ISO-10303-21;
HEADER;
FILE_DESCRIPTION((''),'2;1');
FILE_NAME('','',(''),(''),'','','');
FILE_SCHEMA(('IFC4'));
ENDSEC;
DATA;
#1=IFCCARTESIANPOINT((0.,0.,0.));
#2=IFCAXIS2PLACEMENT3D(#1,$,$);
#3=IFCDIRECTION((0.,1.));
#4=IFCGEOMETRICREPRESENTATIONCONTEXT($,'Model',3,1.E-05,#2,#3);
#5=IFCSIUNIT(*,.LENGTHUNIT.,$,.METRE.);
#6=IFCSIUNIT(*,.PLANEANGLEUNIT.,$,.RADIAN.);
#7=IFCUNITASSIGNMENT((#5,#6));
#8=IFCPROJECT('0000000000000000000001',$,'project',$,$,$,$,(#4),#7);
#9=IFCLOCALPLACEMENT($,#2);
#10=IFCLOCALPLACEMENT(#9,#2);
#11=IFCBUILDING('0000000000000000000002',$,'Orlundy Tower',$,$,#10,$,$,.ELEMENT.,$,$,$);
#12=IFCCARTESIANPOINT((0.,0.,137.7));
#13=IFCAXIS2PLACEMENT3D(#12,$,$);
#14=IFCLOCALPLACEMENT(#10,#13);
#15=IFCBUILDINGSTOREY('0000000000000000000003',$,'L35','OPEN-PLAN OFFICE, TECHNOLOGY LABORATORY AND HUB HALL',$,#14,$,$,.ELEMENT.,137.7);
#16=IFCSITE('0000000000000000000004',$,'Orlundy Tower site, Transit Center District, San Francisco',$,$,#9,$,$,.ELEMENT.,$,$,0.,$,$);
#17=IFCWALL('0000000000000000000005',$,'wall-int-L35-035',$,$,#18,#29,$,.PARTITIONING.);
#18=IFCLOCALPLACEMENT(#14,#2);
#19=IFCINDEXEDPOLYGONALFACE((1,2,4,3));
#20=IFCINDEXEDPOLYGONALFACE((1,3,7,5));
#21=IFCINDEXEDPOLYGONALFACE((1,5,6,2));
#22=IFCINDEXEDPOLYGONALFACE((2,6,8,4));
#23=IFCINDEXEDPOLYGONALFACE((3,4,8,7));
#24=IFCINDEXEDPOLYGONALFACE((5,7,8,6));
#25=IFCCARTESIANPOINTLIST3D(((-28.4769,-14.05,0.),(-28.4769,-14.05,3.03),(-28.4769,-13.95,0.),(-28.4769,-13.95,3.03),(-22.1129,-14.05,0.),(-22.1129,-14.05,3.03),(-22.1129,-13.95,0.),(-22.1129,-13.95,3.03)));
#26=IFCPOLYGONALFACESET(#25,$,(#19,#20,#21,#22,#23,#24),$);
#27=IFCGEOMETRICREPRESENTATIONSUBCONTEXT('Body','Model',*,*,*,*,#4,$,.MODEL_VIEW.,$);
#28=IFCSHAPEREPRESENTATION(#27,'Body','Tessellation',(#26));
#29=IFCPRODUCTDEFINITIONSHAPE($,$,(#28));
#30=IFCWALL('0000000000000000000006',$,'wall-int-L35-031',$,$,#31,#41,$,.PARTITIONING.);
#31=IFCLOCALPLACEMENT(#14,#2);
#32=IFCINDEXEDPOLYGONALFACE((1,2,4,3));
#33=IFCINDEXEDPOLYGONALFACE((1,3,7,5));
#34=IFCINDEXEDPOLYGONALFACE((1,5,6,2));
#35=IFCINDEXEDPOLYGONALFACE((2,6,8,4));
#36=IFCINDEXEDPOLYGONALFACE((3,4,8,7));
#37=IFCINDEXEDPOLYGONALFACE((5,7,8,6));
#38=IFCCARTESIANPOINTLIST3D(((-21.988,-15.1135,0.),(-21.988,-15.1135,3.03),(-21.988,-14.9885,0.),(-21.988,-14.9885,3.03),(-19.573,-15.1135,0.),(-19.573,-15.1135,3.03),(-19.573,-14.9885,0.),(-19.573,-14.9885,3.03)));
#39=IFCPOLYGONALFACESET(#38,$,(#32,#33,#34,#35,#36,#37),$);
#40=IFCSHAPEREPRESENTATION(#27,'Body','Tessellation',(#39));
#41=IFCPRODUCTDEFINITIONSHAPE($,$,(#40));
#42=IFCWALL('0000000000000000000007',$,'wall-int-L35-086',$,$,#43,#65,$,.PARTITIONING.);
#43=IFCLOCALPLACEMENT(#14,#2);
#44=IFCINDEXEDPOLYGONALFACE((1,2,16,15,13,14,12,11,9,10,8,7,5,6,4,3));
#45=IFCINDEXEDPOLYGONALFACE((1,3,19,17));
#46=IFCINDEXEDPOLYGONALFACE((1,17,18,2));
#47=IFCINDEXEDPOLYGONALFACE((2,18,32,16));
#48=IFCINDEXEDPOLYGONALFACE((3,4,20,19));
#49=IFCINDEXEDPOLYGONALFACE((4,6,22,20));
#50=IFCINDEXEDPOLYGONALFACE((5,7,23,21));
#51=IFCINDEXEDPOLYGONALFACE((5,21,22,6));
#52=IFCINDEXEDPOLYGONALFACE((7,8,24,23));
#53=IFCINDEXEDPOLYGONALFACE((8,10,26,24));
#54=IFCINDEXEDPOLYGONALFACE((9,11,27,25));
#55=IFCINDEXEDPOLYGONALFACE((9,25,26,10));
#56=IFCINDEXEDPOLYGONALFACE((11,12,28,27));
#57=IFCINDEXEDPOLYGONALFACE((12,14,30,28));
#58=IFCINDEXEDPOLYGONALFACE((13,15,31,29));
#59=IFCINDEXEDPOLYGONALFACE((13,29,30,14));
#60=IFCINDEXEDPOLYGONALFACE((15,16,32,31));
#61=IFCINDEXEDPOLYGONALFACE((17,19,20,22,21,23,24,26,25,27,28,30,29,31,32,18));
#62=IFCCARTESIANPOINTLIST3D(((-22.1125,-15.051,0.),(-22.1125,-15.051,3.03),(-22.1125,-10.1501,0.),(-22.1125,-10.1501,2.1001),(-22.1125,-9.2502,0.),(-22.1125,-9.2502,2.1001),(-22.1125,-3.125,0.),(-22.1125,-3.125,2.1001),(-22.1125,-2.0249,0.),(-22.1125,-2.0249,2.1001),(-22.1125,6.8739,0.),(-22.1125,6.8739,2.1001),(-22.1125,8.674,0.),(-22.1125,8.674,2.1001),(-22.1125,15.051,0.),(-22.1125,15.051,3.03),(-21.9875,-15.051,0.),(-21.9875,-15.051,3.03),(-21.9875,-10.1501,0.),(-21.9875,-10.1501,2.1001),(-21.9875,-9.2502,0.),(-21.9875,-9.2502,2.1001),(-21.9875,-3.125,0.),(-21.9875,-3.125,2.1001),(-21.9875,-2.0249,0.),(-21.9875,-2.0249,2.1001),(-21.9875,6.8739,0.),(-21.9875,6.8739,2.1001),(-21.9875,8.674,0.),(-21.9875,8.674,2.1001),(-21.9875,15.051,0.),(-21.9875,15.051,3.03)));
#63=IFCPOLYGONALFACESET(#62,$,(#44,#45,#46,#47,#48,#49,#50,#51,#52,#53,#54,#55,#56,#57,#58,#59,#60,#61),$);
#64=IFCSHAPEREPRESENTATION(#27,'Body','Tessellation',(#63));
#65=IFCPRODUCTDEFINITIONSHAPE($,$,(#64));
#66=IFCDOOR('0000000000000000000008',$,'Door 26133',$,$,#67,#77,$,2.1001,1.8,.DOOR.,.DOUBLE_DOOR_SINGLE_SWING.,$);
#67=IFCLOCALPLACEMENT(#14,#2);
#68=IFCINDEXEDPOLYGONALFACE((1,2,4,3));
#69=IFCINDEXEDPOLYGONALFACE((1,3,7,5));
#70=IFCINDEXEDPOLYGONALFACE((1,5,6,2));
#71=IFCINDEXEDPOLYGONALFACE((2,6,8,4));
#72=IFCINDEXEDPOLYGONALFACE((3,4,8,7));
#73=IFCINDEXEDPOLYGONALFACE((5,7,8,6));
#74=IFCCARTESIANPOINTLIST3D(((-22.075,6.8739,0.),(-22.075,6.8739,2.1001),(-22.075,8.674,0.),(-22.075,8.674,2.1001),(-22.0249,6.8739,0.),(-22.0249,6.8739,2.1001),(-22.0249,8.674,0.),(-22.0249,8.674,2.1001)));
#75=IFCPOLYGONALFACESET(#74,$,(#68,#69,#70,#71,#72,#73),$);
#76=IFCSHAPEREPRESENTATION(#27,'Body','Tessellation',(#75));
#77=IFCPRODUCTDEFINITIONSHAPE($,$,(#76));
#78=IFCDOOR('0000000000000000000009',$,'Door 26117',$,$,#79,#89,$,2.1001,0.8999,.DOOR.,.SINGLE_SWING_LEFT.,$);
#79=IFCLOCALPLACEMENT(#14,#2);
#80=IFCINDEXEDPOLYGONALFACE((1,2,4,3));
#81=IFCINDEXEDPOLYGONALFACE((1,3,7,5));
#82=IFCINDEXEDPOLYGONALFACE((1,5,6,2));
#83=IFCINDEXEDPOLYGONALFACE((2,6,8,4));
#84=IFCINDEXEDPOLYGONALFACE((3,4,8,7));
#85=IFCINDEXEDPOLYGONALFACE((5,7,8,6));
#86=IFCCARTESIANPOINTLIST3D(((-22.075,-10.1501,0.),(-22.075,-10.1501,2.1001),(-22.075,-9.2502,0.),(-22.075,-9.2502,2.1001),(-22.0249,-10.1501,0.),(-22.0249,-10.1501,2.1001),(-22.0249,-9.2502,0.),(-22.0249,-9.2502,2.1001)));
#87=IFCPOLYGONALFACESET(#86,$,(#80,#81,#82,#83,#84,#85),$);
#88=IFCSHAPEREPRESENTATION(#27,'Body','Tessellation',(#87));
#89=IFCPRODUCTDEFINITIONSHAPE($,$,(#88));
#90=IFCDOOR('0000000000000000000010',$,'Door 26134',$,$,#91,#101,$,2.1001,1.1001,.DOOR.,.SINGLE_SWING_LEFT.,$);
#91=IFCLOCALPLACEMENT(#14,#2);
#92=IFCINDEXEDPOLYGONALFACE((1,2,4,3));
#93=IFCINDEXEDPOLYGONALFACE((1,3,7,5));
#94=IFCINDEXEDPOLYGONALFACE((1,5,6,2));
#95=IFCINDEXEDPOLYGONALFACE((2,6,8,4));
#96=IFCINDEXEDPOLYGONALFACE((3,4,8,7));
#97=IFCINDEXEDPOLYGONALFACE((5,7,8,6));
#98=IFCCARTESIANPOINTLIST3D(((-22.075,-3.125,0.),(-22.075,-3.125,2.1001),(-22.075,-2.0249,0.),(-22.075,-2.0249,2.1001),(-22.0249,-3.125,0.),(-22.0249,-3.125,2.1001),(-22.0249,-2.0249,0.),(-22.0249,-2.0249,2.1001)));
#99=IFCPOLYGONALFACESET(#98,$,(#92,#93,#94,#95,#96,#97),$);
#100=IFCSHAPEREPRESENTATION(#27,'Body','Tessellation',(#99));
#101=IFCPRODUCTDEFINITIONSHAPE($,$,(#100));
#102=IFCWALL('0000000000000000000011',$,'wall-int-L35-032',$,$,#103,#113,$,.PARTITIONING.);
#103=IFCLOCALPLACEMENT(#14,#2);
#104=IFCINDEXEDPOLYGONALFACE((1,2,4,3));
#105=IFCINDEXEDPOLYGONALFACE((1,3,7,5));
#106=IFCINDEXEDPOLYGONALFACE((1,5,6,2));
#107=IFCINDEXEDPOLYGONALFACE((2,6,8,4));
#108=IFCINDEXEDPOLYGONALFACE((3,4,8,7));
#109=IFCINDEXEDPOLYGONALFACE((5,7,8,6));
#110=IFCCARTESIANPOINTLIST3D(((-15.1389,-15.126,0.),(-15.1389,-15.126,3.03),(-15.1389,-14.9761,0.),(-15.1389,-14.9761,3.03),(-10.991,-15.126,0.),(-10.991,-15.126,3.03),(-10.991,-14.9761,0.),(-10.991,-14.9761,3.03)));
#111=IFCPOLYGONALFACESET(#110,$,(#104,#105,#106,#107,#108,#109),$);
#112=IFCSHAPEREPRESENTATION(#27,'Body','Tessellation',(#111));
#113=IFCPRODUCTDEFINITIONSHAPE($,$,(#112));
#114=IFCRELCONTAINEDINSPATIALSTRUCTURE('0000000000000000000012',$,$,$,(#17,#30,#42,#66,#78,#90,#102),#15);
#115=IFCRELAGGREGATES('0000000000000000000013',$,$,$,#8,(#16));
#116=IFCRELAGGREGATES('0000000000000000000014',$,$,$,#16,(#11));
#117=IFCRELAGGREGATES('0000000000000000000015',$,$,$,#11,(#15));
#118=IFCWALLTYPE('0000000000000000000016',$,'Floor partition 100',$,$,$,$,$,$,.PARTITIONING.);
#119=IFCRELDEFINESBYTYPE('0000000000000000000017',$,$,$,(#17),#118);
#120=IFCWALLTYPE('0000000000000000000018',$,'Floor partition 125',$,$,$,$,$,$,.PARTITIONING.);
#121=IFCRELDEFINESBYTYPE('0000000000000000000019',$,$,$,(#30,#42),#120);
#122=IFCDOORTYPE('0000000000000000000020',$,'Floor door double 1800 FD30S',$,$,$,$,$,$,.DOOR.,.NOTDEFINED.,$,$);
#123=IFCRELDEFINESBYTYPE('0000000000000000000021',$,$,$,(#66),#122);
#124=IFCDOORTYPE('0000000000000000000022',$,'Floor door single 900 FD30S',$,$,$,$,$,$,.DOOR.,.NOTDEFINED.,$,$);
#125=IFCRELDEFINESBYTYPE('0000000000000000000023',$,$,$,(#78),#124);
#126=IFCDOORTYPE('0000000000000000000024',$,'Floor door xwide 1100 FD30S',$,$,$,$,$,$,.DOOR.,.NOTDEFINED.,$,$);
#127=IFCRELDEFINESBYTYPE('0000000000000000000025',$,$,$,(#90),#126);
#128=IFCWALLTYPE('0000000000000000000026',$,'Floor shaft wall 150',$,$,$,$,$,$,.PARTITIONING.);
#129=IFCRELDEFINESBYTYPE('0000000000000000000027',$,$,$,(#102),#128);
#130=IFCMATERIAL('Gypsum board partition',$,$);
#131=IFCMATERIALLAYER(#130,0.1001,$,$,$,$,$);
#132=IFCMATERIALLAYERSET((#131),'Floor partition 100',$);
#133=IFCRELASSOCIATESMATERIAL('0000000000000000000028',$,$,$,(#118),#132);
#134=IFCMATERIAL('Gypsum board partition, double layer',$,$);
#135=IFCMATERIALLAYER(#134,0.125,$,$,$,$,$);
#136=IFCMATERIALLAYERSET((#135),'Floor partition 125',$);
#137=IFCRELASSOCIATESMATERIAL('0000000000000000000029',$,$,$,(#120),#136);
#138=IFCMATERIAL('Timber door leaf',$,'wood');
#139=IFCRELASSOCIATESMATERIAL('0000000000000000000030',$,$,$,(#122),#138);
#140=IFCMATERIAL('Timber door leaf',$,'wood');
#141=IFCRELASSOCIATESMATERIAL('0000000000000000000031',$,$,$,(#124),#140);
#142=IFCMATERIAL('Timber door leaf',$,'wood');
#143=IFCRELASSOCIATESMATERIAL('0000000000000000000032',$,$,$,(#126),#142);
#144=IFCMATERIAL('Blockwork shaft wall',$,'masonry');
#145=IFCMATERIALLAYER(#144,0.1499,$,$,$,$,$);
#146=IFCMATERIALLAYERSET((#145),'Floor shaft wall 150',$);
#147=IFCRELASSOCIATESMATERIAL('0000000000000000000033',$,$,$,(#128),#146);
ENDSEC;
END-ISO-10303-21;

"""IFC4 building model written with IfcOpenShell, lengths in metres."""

from ifc_helpers import new_model, si_unit, direction, frame, frame_2d, origin, place, context, subcontext, project, spatial, rectangle, extrude, material, layer, layer_set, type_object, element, fill, save


model = new_model("IFC4")

# Units and contexts
model_context = context("Model", 3, precision=1e-05, world=origin(), true_north=direction((0.0, 1.0)))
body_context = subcontext(model_context, "Body", "Model", "MODEL_VIEW")
ifc_project = project(units=[si_unit("LENGTHUNIT", "METRE"), si_unit("PLANEANGLEUNIT", "RADIAN")], contexts=[model_context])

# Site, building, storey
site_placement = place(None, origin())
site = spatial("IfcSite", under=ifc_project, at=site_placement, Name="Orlundy Tower site, Transit Center District, San Francisco", CompositionType="ELEMENT", RefElevation=0.0)
building_placement = place(site_placement, origin())
building = spatial("IfcBuilding", under=site, at=building_placement, Name="Orlundy Tower", CompositionType="ELEMENT")
storey_placement = place(building_placement, frame((0.0, 0.0, 137.7)))
storey = spatial("IfcBuildingStorey", under=building, at=storey_placement, Name="L35", Description="OPEN-PLAN OFFICE, TECHNOLOGY LABORATORY AND HUB HALL", CompositionType="ELEMENT", Elevation=137.7)

# Walls
ifc_material_1 = material(Name="Gypsum board partition")
ifc_layer_1 = layer(ifc_material_1, 0.1001)
ifc_layer_set_1 = layer_set([ifc_layer_1], Name="Floor partition 100")
wall_type_1 = type_object("IfcWallType", Name="Floor partition 100", PredefinedType="PARTITIONING", material=ifc_layer_set_1)
wall_1_placement = place(storey_placement, frame((-28.4771, -14.0, 0.0), z_axis=(0.0, 0.0, 1.0), x_axis=(1.0, 0.0, 0.0)))
element("IfcWall", 1, at=wall_1_placement, inside=storey, type_object=wall_type_1, Name="wall-int-L35-035", PredefinedType="PARTITIONING", context=body_context, shape_type="SweptSolid", body=[
    extrude(rectangle(XDim=6.364, YDim=0.1001, at=frame_2d((3.1821, 0.0))), origin(), (0.0, 0.0, 1.0), 3.03),
])
ifc_material_2 = material(Name="Gypsum board partition, double layer")
ifc_layer_2 = layer(ifc_material_2, 0.125)
ifc_layer_set_2 = layer_set([ifc_layer_2], Name="Floor partition 125")
wall_type_2 = type_object("IfcWallType", Name="Floor partition 125", PredefinedType="PARTITIONING", material=ifc_layer_set_2)
wall_2_placement = place(storey_placement, frame((-21.988, -15.051, 0.0), z_axis=(0.0, 0.0, 1.0), x_axis=(1.0, 0.0, 0.0)))
element("IfcWall", 2, at=wall_2_placement, inside=storey, type_object=wall_type_2, Name="wall-int-L35-031", PredefinedType="PARTITIONING", context=body_context, shape_type="SweptSolid", body=[
    extrude(rectangle(XDim=2.415, YDim=0.125, at=frame_2d((1.2075, 0.0))), origin(), (0.0, 0.0, 1.0), 3.03),
])

# Wall, openings, doors
wall_3_placement = place(storey_placement, frame((-22.05, -15.051, 0.0), z_axis=(0.0, 0.0, 1.0), x_axis=(0.0, 1.0, 0.0)))
wall_3 = element("IfcWall", 3, at=wall_3_placement, inside=storey, type_object=wall_type_2, Name="wall-int-L35-086", PredefinedType="PARTITIONING", context=body_context, shape_type="SweptSolid", body=[
    extrude(rectangle(XDim=30.1021, YDim=0.125, at=frame_2d((15.051, 0.0))), origin(), (0.0, 0.0, 1.0), 3.03),
])
opening_1_placement = place(wall_3_placement, frame((4.9009, 0.0, 0.0)))
opening_1 = element("IfcOpeningElement", 4, at=opening_1_placement, cuts=wall_3, PredefinedType="OPENING", context=body_context, shape_type="SweptSolid", body=[
    extrude(rectangle(XDim=0.8999, YDim=2.1001, at=frame_2d((0.45, 1.05))), frame((0.0, 0.0725, 0.0), z_axis=(0.0, -1.0, 0.0), x_axis=(1.0, 0.0, 0.0)), (0.0, 0.0, 1.0), 0.145),
])
opening_2_placement = place(wall_3_placement, frame((21.925, 0.0, 0.0)))
opening_2 = element("IfcOpeningElement", 5, at=opening_2_placement, cuts=wall_3, PredefinedType="OPENING", context=body_context, shape_type="SweptSolid", body=[
    extrude(rectangle(XDim=1.8, YDim=2.1001, at=frame_2d((0.8999, 1.05))), frame((0.0, 0.0725, 0.0), z_axis=(0.0, -1.0, 0.0), x_axis=(1.0, 0.0, 0.0)), (0.0, 0.0, 1.0), 0.145),
])
opening_3_placement = place(wall_3_placement, frame((11.926, 0.0, 0.0)))
opening_3 = element("IfcOpeningElement", 6, at=opening_3_placement, cuts=wall_3, PredefinedType="OPENING", context=body_context, shape_type="SweptSolid", body=[
    extrude(rectangle(XDim=1.1001, YDim=2.1001, at=frame_2d((0.55, 1.05))), frame((0.0, 0.0725, 0.0), z_axis=(0.0, -1.0, 0.0), x_axis=(1.0, 0.0, 0.0)), (0.0, 0.0, 1.0), 0.145),
])
ifc_material_3 = material(Name="Timber door leaf", Category="wood")
door_type_1 = type_object("IfcDoorType", Name="Floor door double 1800 FD30S", OperationType="NOTDEFINED", PredefinedType="DOOR", material=ifc_material_3)
door_1_placement = place(opening_2_placement, origin())
door_1 = element("IfcDoor", 7, at=door_1_placement, inside=storey, type_object=door_type_1, Name="Door 26133", OperationType="DOUBLE_DOOR_SINGLE_SWING", OverallHeight=2.1001, OverallWidth=1.8, PredefinedType="DOOR", context=body_context, shape_type="SweptSolid", body=[
    extrude(rectangle(XDim=1.8, YDim=2.1001, at=frame_2d((0.8999, 1.05))), frame((0.0, 0.0249, 0.0), z_axis=(0.0, -1.0, 0.0), x_axis=(1.0, 0.0, 0.0)), (0.0, 0.0, 1.0), 0.05),
])
fill(opening_2, door_1)
ifc_material_4 = material(Name="Timber door leaf", Category="wood")
door_type_2 = type_object("IfcDoorType", Name="Floor door single 900 FD30S", OperationType="NOTDEFINED", PredefinedType="DOOR", material=ifc_material_4)
door_2_placement = place(opening_1_placement, origin())
door_2 = element("IfcDoor", 8, at=door_2_placement, inside=storey, type_object=door_type_2, Name="Door 26117", OperationType="SINGLE_SWING_LEFT", OverallHeight=2.1001, OverallWidth=0.8999, PredefinedType="DOOR", context=body_context, shape_type="SweptSolid", body=[
    extrude(rectangle(XDim=0.8999, YDim=2.1001, at=frame_2d((0.45, 1.05))), frame((0.0, 0.0249, 0.0), z_axis=(0.0, -1.0, 0.0), x_axis=(1.0, 0.0, 0.0)), (0.0, 0.0, 1.0), 0.05),
])
fill(opening_1, door_2)
ifc_material_5 = material(Name="Timber door leaf", Category="wood")
door_type_3 = type_object("IfcDoorType", Name="Floor door xwide 1100 FD30S", OperationType="NOTDEFINED", PredefinedType="DOOR", material=ifc_material_5)
door_3_placement = place(opening_3_placement, origin())
door_3 = element("IfcDoor", 9, at=door_3_placement, inside=storey, type_object=door_type_3, Name="Door 26134", OperationType="SINGLE_SWING_LEFT", OverallHeight=2.1001, OverallWidth=1.1001, PredefinedType="DOOR", context=body_context, shape_type="SweptSolid", body=[
    extrude(rectangle(XDim=1.1001, YDim=2.1001, at=frame_2d((0.55, 1.05))), frame((0.0, 0.0249, 0.0), z_axis=(0.0, -1.0, 0.0), x_axis=(1.0, 0.0, 0.0)), (0.0, 0.0, 1.0), 0.05),
])
fill(opening_3, door_3)

# Wall
ifc_material_6 = material(Name="Blockwork shaft wall", Category="masonry")
ifc_layer_3 = layer(ifc_material_6, 0.1499)
ifc_layer_set_3 = layer_set([ifc_layer_3], Name="Floor shaft wall 150")
wall_type_3 = type_object("IfcWallType", Name="Floor shaft wall 150", PredefinedType="PARTITIONING", material=ifc_layer_set_3)
wall_4_placement = place(storey_placement, frame((-15.1389, -15.051, 0.0), z_axis=(0.0, 0.0, 1.0), x_axis=(1.0, 0.0, 0.0)))
element("IfcWall", 10, at=wall_4_placement, inside=storey, type_object=wall_type_3, Name="wall-int-L35-032", PredefinedType="PARTITIONING", context=body_context, shape_type="SweptSolid", body=[
    extrude(rectangle(XDim=4.1479, YDim=0.1499, at=frame_2d((2.074, 0.0))), origin(), (0.0, 0.0, 1.0), 3.03),
])

save(model, "model.ifc")
